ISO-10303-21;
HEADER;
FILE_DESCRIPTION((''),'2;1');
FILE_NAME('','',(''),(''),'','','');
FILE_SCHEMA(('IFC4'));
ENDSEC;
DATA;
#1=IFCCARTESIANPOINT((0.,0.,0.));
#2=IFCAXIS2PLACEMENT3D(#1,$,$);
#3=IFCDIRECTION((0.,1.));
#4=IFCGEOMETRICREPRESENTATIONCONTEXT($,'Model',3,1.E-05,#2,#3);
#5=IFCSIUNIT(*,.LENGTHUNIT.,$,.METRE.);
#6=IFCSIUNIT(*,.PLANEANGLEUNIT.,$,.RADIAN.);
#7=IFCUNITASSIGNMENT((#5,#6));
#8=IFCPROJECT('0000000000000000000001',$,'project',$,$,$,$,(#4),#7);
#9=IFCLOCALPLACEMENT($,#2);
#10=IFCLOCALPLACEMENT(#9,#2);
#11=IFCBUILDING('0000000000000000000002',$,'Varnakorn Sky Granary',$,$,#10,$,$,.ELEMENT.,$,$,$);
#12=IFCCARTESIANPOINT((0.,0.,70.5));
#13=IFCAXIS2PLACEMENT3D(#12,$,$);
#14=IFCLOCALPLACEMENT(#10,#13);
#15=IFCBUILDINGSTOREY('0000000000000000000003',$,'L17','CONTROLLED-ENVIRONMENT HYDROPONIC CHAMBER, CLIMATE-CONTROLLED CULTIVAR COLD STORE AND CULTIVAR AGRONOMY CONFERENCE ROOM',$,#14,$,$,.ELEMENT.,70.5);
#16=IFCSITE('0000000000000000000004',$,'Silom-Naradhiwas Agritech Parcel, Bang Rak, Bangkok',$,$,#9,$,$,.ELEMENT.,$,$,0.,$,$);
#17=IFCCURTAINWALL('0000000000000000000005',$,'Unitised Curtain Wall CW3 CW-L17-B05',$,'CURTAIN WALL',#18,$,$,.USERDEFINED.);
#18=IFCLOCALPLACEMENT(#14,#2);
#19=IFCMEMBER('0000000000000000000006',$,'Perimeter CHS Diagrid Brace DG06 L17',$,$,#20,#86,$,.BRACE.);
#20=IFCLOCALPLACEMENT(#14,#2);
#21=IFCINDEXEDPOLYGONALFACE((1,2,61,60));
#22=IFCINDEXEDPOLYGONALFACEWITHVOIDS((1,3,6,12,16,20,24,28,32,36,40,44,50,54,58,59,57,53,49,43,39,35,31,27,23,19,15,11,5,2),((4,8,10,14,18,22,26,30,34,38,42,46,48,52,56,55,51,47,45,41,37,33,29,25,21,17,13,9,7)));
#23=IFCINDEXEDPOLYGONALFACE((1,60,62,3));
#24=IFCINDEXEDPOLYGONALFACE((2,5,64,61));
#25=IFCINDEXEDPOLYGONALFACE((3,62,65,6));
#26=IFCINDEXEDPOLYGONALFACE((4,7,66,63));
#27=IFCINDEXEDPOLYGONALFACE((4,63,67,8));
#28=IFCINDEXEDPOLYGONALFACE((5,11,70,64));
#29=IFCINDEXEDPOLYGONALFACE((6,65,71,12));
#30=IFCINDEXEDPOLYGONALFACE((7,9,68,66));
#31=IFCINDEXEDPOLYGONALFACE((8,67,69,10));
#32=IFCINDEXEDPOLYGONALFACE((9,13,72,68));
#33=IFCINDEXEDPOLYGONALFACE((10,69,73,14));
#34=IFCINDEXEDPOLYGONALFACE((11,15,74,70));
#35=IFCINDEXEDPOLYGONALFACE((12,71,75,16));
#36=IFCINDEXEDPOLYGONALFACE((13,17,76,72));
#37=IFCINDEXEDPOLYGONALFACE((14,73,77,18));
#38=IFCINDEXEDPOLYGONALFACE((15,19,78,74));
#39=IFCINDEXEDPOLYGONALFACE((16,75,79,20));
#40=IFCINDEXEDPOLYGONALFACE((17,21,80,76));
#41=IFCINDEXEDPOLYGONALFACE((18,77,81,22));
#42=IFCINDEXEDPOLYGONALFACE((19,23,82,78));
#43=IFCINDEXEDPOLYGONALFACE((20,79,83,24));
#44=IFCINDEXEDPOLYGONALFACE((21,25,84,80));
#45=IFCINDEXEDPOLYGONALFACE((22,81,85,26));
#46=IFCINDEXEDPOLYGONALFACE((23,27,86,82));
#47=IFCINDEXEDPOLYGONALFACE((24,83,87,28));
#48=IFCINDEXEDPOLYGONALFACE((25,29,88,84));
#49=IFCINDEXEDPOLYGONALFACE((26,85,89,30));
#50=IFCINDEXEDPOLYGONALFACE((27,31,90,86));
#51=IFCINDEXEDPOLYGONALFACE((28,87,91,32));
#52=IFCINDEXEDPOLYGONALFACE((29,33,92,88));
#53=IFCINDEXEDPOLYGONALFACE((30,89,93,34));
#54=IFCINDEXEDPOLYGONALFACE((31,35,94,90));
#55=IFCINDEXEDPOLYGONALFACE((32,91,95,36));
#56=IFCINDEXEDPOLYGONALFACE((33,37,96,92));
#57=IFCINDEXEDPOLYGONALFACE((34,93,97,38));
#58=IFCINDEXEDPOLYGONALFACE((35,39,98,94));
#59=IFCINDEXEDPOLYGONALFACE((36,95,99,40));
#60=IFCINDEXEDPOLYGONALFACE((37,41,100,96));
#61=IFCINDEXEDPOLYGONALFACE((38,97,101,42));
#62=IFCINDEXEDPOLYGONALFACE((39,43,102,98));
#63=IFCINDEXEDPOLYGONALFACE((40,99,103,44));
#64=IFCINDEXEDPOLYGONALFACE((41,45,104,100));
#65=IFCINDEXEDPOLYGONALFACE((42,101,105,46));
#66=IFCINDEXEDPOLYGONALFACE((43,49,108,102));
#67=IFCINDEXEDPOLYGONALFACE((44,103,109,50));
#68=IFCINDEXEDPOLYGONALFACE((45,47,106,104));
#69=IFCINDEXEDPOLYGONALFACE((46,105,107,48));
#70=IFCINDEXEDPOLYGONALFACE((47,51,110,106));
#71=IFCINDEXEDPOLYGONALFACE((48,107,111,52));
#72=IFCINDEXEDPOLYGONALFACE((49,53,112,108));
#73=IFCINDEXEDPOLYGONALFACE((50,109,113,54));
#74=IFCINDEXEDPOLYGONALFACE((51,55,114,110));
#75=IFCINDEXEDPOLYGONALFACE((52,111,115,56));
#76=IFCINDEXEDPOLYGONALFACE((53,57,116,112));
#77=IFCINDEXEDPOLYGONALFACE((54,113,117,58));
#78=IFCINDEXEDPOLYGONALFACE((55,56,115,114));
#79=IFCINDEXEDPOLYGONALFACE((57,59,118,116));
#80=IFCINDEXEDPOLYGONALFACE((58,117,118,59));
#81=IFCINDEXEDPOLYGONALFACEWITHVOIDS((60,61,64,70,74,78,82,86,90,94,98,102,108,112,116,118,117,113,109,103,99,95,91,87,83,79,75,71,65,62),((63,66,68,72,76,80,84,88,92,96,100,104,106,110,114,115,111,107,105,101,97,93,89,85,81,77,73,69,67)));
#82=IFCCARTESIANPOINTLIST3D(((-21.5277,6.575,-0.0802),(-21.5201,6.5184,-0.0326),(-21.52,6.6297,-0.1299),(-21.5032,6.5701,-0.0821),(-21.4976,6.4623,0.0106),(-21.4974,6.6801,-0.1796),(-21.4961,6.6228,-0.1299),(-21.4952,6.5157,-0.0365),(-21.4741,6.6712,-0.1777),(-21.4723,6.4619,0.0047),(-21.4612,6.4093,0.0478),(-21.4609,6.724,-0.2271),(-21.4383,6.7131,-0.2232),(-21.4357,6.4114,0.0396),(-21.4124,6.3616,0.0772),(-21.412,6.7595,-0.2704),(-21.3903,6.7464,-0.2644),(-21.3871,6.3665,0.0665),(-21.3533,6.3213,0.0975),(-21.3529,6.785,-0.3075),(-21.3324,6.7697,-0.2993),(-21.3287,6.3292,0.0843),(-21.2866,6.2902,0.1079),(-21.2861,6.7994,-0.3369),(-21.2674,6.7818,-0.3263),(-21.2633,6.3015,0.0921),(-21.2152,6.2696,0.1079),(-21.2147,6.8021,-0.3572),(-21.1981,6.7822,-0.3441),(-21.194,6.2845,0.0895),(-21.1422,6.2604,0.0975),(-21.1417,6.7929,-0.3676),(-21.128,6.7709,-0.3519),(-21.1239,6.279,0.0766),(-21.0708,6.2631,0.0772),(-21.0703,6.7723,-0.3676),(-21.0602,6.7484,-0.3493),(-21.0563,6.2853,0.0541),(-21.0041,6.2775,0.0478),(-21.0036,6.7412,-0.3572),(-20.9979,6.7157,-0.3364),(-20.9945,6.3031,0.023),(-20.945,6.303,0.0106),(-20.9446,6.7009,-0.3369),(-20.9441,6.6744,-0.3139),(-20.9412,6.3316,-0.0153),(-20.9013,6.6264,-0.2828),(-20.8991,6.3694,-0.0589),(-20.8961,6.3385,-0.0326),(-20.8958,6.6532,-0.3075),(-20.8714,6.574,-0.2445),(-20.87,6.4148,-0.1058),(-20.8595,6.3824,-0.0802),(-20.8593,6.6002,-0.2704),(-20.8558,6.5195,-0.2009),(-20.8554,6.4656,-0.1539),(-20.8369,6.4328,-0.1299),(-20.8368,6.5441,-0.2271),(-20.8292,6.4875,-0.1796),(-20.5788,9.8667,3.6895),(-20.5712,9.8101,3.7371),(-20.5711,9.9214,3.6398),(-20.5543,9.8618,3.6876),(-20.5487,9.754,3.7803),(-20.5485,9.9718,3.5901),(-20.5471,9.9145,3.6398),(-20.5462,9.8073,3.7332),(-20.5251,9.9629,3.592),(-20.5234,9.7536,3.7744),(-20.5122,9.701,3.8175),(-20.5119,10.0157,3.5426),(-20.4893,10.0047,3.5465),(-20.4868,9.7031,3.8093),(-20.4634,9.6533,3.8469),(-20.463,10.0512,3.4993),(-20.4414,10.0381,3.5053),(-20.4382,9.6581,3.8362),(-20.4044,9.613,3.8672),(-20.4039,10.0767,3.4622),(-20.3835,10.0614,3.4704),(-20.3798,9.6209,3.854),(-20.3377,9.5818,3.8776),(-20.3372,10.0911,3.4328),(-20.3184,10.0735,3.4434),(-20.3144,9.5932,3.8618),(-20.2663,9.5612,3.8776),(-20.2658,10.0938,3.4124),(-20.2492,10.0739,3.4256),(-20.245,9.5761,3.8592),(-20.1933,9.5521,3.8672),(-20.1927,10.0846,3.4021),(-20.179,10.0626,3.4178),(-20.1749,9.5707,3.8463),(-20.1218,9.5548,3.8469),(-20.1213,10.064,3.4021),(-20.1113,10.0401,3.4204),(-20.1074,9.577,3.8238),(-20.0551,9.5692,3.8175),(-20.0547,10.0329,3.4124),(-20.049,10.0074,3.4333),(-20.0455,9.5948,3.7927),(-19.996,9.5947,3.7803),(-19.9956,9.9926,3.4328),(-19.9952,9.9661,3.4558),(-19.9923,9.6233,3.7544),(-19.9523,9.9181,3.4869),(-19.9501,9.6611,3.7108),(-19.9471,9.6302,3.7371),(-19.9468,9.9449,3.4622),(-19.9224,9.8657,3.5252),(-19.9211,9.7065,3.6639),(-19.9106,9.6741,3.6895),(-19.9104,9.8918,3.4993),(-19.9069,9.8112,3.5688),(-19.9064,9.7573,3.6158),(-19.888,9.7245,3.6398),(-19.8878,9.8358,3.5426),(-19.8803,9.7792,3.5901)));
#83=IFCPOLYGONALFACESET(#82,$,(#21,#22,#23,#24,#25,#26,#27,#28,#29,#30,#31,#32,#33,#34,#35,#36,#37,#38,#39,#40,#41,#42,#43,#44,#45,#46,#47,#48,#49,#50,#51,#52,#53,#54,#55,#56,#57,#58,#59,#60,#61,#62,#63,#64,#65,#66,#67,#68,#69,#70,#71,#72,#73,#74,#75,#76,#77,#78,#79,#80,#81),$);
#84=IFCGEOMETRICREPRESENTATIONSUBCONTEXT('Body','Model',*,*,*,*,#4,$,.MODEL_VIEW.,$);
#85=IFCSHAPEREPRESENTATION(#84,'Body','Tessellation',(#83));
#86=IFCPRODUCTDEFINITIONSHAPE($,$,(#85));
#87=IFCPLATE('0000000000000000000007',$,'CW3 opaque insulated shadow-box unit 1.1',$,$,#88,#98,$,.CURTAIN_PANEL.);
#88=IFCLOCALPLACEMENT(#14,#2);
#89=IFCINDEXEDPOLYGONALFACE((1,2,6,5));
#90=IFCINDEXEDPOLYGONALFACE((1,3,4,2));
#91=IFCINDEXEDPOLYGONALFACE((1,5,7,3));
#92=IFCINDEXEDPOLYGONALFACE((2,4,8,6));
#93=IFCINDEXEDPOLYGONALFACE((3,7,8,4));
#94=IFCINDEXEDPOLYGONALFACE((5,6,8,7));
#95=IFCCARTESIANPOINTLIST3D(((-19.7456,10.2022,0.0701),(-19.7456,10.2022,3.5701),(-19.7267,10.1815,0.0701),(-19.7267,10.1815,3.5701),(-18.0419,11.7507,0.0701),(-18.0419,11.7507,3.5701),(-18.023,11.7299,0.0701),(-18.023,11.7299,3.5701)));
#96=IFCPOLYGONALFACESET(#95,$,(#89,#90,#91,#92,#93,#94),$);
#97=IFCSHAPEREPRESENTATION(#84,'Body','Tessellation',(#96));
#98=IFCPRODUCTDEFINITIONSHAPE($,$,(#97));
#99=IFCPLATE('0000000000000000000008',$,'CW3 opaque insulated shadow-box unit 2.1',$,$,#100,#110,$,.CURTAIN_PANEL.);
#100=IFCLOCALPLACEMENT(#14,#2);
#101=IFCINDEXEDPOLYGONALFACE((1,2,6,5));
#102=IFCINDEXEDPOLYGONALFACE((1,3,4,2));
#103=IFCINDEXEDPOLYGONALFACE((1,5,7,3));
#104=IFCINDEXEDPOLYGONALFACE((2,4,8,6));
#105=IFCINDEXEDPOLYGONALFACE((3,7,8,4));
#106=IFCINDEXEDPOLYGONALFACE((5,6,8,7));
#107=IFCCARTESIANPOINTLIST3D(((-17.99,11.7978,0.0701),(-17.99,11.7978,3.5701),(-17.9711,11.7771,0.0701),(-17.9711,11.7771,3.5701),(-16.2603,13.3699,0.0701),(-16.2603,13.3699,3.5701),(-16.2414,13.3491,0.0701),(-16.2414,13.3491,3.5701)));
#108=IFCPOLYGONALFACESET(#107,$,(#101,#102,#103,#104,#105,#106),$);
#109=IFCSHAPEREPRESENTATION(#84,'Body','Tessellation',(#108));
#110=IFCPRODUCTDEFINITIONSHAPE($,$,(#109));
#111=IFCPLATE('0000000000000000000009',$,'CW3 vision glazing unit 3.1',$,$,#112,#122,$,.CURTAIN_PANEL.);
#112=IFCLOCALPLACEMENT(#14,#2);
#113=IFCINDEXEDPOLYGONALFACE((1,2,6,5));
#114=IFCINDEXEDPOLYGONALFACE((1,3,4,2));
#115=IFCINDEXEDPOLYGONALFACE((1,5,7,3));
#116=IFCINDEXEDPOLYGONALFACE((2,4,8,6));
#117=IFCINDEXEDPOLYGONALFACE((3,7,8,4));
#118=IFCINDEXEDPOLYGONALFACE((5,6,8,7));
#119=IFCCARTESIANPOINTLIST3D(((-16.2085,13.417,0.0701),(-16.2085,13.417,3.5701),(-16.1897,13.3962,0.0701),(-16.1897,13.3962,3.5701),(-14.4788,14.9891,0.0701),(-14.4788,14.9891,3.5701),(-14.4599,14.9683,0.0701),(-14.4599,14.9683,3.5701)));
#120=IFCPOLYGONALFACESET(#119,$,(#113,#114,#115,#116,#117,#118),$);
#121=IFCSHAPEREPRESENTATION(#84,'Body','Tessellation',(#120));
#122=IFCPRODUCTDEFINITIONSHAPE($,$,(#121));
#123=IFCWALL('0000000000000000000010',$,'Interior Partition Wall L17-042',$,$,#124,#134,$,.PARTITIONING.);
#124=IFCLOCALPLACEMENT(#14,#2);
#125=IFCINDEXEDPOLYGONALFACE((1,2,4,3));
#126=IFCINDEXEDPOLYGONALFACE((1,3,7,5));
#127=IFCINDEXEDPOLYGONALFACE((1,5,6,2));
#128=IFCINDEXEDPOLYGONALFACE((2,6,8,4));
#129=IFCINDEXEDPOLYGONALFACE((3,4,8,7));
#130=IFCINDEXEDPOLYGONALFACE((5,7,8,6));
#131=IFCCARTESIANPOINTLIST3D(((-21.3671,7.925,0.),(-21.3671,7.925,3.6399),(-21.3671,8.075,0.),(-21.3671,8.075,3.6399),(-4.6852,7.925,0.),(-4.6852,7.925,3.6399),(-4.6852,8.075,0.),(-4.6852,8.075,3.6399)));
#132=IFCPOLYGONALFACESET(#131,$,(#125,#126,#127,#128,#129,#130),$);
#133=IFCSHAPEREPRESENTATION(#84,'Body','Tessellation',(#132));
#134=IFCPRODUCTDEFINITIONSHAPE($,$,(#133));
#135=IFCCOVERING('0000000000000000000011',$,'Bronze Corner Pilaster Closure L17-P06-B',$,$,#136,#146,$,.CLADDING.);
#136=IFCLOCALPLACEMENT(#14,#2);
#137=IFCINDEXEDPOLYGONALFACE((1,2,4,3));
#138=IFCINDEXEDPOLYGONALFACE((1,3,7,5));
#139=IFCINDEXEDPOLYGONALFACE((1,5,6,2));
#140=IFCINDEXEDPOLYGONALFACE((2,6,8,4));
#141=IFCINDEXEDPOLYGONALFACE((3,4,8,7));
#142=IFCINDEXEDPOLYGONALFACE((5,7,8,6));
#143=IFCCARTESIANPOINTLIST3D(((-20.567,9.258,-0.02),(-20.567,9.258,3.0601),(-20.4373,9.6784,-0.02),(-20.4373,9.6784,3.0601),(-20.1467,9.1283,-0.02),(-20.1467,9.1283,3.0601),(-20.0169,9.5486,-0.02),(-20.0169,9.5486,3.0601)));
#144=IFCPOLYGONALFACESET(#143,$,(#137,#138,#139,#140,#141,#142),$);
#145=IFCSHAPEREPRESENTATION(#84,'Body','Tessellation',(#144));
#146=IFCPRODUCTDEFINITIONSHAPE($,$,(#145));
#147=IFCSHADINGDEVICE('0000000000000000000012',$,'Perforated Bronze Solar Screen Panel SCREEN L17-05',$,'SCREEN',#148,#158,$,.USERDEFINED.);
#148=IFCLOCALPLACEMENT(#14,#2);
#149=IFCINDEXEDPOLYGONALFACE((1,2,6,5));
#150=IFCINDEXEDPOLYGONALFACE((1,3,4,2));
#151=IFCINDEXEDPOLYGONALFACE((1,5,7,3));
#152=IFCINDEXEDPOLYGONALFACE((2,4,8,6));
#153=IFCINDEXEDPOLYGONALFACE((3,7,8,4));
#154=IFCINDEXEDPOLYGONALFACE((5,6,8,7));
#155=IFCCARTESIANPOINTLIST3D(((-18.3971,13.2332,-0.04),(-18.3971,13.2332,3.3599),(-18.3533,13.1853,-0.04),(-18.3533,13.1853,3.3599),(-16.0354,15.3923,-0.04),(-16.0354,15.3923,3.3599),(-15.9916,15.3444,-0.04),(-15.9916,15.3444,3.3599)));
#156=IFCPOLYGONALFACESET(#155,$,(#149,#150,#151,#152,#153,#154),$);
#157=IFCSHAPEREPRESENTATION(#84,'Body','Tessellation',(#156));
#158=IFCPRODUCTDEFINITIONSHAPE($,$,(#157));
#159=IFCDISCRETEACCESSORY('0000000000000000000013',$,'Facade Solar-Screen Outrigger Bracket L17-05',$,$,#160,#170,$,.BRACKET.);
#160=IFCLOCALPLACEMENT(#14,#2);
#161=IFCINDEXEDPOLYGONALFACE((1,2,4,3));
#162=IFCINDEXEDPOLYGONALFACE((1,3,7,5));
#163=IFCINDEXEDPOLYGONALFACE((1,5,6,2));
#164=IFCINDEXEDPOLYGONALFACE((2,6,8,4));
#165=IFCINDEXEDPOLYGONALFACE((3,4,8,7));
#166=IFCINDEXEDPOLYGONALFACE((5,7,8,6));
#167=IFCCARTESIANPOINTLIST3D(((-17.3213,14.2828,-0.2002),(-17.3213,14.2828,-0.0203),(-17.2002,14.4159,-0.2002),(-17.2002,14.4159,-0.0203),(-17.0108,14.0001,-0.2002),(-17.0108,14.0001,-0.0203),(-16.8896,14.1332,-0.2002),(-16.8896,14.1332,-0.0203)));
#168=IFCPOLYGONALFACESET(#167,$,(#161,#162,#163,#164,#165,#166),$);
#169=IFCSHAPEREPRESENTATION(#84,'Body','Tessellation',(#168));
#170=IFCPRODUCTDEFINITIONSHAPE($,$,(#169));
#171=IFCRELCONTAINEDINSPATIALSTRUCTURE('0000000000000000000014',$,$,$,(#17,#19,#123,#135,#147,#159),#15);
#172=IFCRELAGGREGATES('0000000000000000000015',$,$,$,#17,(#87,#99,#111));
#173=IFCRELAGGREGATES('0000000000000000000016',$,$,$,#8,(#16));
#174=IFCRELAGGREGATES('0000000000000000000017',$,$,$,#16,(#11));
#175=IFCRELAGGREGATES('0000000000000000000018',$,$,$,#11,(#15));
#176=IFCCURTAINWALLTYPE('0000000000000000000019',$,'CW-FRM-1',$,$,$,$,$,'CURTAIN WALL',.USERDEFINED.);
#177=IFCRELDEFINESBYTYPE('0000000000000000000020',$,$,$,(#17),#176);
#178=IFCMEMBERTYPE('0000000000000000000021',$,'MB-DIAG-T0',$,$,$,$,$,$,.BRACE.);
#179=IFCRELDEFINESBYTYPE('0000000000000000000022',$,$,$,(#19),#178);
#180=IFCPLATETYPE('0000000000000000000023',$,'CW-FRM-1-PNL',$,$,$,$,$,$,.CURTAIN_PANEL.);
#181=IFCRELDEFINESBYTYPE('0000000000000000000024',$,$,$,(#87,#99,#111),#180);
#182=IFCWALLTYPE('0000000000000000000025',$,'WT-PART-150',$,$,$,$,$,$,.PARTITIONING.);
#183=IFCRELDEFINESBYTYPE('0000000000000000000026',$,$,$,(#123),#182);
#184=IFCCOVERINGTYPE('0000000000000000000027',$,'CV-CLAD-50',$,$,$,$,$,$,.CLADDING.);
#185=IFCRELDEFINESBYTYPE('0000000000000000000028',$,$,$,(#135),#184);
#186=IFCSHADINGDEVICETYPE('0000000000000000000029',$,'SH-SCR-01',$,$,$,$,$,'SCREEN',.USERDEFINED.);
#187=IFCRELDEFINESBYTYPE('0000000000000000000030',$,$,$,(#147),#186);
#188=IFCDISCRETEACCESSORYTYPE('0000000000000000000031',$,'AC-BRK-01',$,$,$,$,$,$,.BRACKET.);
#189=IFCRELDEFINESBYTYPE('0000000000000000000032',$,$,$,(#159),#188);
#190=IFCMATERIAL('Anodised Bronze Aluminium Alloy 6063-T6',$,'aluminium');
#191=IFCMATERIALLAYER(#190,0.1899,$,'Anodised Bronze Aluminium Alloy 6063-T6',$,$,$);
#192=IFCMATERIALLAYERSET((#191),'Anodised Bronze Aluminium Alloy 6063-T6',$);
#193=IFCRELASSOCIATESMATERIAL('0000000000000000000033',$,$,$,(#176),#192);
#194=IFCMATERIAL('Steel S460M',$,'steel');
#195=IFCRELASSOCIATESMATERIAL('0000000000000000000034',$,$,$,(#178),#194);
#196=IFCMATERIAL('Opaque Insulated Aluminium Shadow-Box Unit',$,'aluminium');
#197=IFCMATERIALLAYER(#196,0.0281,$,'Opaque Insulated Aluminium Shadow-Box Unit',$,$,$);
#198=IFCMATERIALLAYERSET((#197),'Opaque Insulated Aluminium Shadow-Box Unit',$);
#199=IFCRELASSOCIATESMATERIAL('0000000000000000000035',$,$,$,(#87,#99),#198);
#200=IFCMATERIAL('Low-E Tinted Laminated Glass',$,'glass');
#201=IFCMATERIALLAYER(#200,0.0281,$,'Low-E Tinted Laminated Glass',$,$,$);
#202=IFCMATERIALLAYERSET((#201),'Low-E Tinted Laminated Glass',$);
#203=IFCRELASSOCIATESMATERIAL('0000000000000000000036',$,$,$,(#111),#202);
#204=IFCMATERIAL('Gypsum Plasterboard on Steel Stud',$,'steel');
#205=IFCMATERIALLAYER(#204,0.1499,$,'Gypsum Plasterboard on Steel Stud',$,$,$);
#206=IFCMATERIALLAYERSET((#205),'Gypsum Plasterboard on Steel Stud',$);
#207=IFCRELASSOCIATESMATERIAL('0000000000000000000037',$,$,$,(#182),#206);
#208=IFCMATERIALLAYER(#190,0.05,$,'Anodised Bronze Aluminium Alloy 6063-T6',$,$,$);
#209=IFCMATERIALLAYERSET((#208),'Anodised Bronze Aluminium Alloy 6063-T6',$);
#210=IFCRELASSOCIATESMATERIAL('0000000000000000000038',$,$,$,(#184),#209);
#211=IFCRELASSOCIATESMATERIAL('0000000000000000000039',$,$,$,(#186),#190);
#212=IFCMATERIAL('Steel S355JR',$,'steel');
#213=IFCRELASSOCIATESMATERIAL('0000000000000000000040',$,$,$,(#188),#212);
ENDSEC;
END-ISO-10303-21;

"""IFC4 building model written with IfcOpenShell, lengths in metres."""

from ifc_helpers import new_model, si_unit, direction, frame, frame_2d, origin, origin_2d, place, context, subcontext, project, spatial, rectangle, hollow_circle, extrude, source, transform, mapped, material, layer, layer_set, material_profile, profile_set, type_object, type_shapes, element, aggregate, save


model = new_model("IFC4")

# Units and contexts
model_context = context("Model", 3, precision=1e-05, world=origin(), true_north=direction((0.0, 1.0)))
body_context = subcontext(model_context, "Body", "Model", "MODEL_VIEW")
ifc_project = project(units=[si_unit("LENGTHUNIT", "METRE"), si_unit("PLANEANGLEUNIT", "RADIAN")], contexts=[model_context])

# Site, building, storey
site_placement = place(None, origin())
site = spatial("IfcSite", under=ifc_project, at=site_placement, Name="Silom-Naradhiwas Agritech Parcel, Bang Rak, Bangkok", CompositionType="ELEMENT", RefElevation=0.0)
building_placement = place(site_placement, origin())
building = spatial("IfcBuilding", under=site, at=building_placement, Name="Varnakorn Sky Granary", CompositionType="ELEMENT")
storey_placement = place(building_placement, frame((0.0, 0.0, 70.5)))
storey = spatial("IfcBuildingStorey", under=building, at=storey_placement, Name="L17", Description="CONTROLLED-ENVIRONMENT HYDROPONIC CHAMBER, CLIMATE-CONTROLLED CULTIVAR COLD STORE AND CULTIVAR AGRONOMY CONFERENCE ROOM", CompositionType="ELEMENT", Elevation=70.5)

# Shared definitions
ifc_material_1 = material(Name="Steel S460M", Category="steel")

# Shared definitions
ifc_material_2 = material(Name="Steel S355JR", Category="steel")

# Curtain wall
ifc_material_3 = material(Name="Anodised Bronze Aluminium Alloy 6063-T6", Category="aluminium")
ifc_layer_1 = layer(ifc_material_3, 0.1899, Name="Anodised Bronze Aluminium Alloy 6063-T6")
ifc_layer_set_1 = layer_set([ifc_layer_1], Name="Anodised Bronze Aluminium Alloy 6063-T6")
curtain_wall_type = type_object("IfcCurtainWallType", Name="CW-FRM-1", ElementType="CURTAIN WALL", PredefinedType="USERDEFINED", material=ifc_layer_set_1)
curtain_wall_placement = place(storey_placement, origin())
curtain_wall = element("IfcCurtainWall", 1, at=curtain_wall_placement, inside=storey, type_object=curtain_wall_type, Name="Unitised Curtain Wall CW3 CW-L17-B05", ObjectType="CURTAIN WALL", PredefinedType="USERDEFINED")

# Member
ifc_material_profile_1 = material_profile(ifc_material_1, hollow_circle(Radius=0.3555, WallThickness=0.0249, at=origin_2d()), Name="CHS 711x25")
ifc_profile_set_1 = profile_set([ifc_material_profile_1], Name="Steel S460M")
member_type_1 = type_object("IfcMemberType", Name="MB-DIAG-T0", PredefinedType="BRACE", material=ifc_profile_set_1)
member_1_placement = place(storey_placement, frame((-21.1785, 6.5312, -0.1299), z_axis=(0.186298, 0.646219, 0.740063), x_axis=(-0.960868, 0.277008, 0.0)))
element("IfcMember", 2, at=member_1_placement, inside=storey, type_object=member_type_1, Name="Perimeter CHS Diagrid Brace DG06 L17", PredefinedType="BRACE", context=body_context, shape_type="SweptSolid", body=[
    extrude(hollow_circle(Radius=0.3555, WallThickness=0.0249, at=origin_2d()), origin(), (0.0, 0.0, 1.0), 5.0938),
])

# Plates
ifc_material_4 = material(Name="Opaque Insulated Aluminium Shadow-Box Unit", Category="aluminium")
ifc_layer_2 = layer(ifc_material_4, 0.0281, Name="Opaque Insulated Aluminium Shadow-Box Unit")
ifc_layer_set_2 = layer_set([ifc_layer_2], Name="Opaque Insulated Aluminium Shadow-Box Unit")
plate_type = type_object("IfcPlateType", Name="CW-FRM-1-PNL", PredefinedType="CURTAIN_PANEL")
shared_shape_1 = source(origin(), body_context, "Body", "SweptSolid", [
    extrude(rectangle(XDim=2.3022, YDim=0.0281, at=origin_2d()), origin(), (0.0, 0.0, 1.0), 3.5),
])
plate_1_placement = place(storey_placement, frame((-18.8843, 10.9661, 0.0701), z_axis=(0.0, 0.0, 1.0), x_axis=(0.740022, 0.672582, 0.0)))
plate_1 = element("IfcPlate", 3, at=plate_1_placement, type_object=plate_type, material=ifc_layer_set_2, Name="CW3 opaque insulated shadow-box unit 1.1", PredefinedType="CURTAIN_PANEL", context=body_context, shape_type="MappedRepresentation", body=[
    mapped(shared_shape_1, transform((0.0, 0.0, 0.0), x_axis=(1.0, 0.0, 0.0), y_axis=(0.0, 1.0, 0.0), z_axis=(0.0, 0.0, 1.0), scale=1.0)),
])
shared_shape_2 = source(origin(), body_context, "Body", "SweptSolid", [
    extrude(rectangle(XDim=2.3374, YDim=0.0281, at=origin_2d()), origin(), (0.0, 0.0, 1.0), 3.5),
])
type_shapes(plate_type, [shared_shape_1, shared_shape_2])
plate_2_placement = place(storey_placement, frame((-17.1157, 12.5735, 0.0701), z_axis=(0.0, 0.0, 1.0), x_axis=(0.740022, 0.672582, 0.0)))
plate_2 = element("IfcPlate", 4, at=plate_2_placement, type_object=plate_type, material=ifc_layer_set_2, Name="CW3 opaque insulated shadow-box unit 2.1", PredefinedType="CURTAIN_PANEL", context=body_context, shape_type="MappedRepresentation", body=[
    mapped(shared_shape_2, transform((0.0, 0.0, 0.0), x_axis=(1.0, 0.0, 0.0), y_axis=(0.0, 1.0, 0.0), z_axis=(0.0, 0.0, 1.0), scale=1.0)),
])
ifc_material_5 = material(Name="Low-E Tinted Laminated Glass", Category="glass")
ifc_layer_3 = layer(ifc_material_5, 0.0281, Name="Low-E Tinted Laminated Glass")
ifc_layer_set_3 = layer_set([ifc_layer_3], Name="Low-E Tinted Laminated Glass")
plate_3_placement = place(storey_placement, frame((-15.3342, 14.1926, 0.0701), z_axis=(0.0, 0.0, 1.0), x_axis=(0.740022, 0.672582, 0.0)))
plate_3 = element("IfcPlate", 5, at=plate_3_placement, type_object=plate_type, material=ifc_layer_set_3, Name="CW3 vision glazing unit 3.1", PredefinedType="CURTAIN_PANEL", context=body_context, shape_type="MappedRepresentation", body=[
    mapped(shared_shape_2, transform((0.0, 0.0, 0.0), x_axis=(1.0, 0.0, 0.0), y_axis=(0.0, 1.0, 0.0), z_axis=(0.0, 0.0, 1.0), scale=1.0)),
])
aggregate(curtain_wall, [plate_1, plate_2, plate_3])

# Wall
ifc_material_6 = material(Name="Gypsum Plasterboard on Steel Stud", Category="steel")
ifc_layer_4 = layer(ifc_material_6, 0.1499, Name="Gypsum Plasterboard on Steel Stud")
ifc_layer_set_4 = layer_set([ifc_layer_4], Name="Gypsum Plasterboard on Steel Stud")
wall_type = type_object("IfcWallType", Name="WT-PART-150", PredefinedType="PARTITIONING", material=ifc_layer_set_4)
wall_placement = place(storey_placement, frame((-21.3669, 8.0, 0.0), z_axis=(0.0, 0.0, 1.0), x_axis=(1.0, 0.0, 0.0)))
element("IfcWall", 6, at=wall_placement, inside=storey, type_object=wall_type, Name="Interior Partition Wall L17-042", PredefinedType="PARTITIONING", context=body_context, shape_type="SweptSolid", body=[
    extrude(rectangle(XDim=16.6819, YDim=0.1499, at=frame_2d((8.3408, 0.0))), origin(), (0.0, 0.0, 1.0), 3.6399),
])

# Covering
ifc_layer_5 = layer(ifc_material_3, 0.05, Name="Anodised Bronze Aluminium Alloy 6063-T6")
ifc_layer_set_5 = layer_set([ifc_layer_5], Name="Anodised Bronze Aluminium Alloy 6063-T6")
covering_type = type_object("IfcCoveringType", Name="CV-CLAD-50", PredefinedType="CLADDING", material=ifc_layer_set_5)
shared_shape_3 = source(origin(), body_context, "Body", "SweptSolid", [
    extrude(rectangle(XDim=0.4399, YDim=0.4399, at=origin_2d()), origin(), (0.0, 0.0, 1.0), 3.0801),
])
type_shapes(covering_type, [shared_shape_3])
covering_placement = place(storey_placement, frame((-20.292, 9.4033, -0.02), z_axis=(0.0, 0.0, 1.0), x_axis=(0.294874, 0.955536, 0.0)))
element("IfcCovering", 7, at=covering_placement, inside=storey, type_object=covering_type, Name="Bronze Corner Pilaster Closure L17-P06-B", PredefinedType="CLADDING", context=body_context, shape_type="MappedRepresentation", body=[
    mapped(shared_shape_3, transform((0.0, 0.0, 0.0), x_axis=(1.0, 0.0, 0.0), y_axis=(0.0, 1.0, 0.0), z_axis=(0.0, 0.0, 1.0), scale=1.0)),
])

# Shading device
shading_device_type = type_object("IfcShadingDeviceType", Name="SH-SCR-01", ElementType="SCREEN", PredefinedType="USERDEFINED", material=ifc_material_3)
shared_shape_4 = source(origin(), body_context, "Body", "SweptSolid", [
    extrude(rectangle(XDim=3.2, YDim=0.0649, at=origin_2d()), origin(), (0.0, 0.0, 1.0), 3.3999),
])
type_shapes(shading_device_type, [shared_shape_4])
shading_device_placement = place(storey_placement, frame((-17.1943, 14.2888, -0.04), z_axis=(0.0, 0.0, 1.0), x_axis=(-0.738059, -0.674736, 0.0)))
element("IfcShadingDevice", 8, at=shading_device_placement, inside=storey, type_object=shading_device_type, Name="Perforated Bronze Solar Screen Panel SCREEN L17-05", ObjectType="SCREEN", PredefinedType="USERDEFINED", context=body_context, shape_type="MappedRepresentation", body=[
    mapped(shared_shape_4, transform((0.0, 0.0, 0.0), x_axis=(1.0, 0.0, 0.0), y_axis=(0.0, 1.0, 0.0), z_axis=(0.0, 0.0, 1.0), scale=1.0)),
])

# Discrete accessory
discrete_accessory_type = type_object("IfcDiscreteAccessoryType", Name="AC-BRK-01", PredefinedType="BRACKET", material=ifc_material_2)
shared_shape_5 = source(origin(), body_context, "Body", "SweptSolid", [
    extrude(rectangle(XDim=0.1799, YDim=0.4199, at=origin_2d()), origin(), (0.0, 0.0, 1.0), 0.1799),
])
type_shapes(discrete_accessory_type, [shared_shape_5])
discrete_accessory_placement = place(storey_placement, frame((-17.1055, 14.208, -0.2002), z_axis=(0.0, 0.0, 1.0), x_axis=(-0.673224, -0.739439, 0.0)))
element("IfcDiscreteAccessory", 9, at=discrete_accessory_placement, inside=storey, type_object=discrete_accessory_type, Name="Facade Solar-Screen Outrigger Bracket L17-05", PredefinedType="BRACKET", context=body_context, shape_type="MappedRepresentation", body=[
    mapped(shared_shape_5, transform((0.0, 0.0, 0.0), x_axis=(1.0, 0.0, 0.0), y_axis=(0.0, 1.0, 0.0), z_axis=(0.0, 0.0, 1.0), scale=1.0)),
])

save(model, "model.ifc")
